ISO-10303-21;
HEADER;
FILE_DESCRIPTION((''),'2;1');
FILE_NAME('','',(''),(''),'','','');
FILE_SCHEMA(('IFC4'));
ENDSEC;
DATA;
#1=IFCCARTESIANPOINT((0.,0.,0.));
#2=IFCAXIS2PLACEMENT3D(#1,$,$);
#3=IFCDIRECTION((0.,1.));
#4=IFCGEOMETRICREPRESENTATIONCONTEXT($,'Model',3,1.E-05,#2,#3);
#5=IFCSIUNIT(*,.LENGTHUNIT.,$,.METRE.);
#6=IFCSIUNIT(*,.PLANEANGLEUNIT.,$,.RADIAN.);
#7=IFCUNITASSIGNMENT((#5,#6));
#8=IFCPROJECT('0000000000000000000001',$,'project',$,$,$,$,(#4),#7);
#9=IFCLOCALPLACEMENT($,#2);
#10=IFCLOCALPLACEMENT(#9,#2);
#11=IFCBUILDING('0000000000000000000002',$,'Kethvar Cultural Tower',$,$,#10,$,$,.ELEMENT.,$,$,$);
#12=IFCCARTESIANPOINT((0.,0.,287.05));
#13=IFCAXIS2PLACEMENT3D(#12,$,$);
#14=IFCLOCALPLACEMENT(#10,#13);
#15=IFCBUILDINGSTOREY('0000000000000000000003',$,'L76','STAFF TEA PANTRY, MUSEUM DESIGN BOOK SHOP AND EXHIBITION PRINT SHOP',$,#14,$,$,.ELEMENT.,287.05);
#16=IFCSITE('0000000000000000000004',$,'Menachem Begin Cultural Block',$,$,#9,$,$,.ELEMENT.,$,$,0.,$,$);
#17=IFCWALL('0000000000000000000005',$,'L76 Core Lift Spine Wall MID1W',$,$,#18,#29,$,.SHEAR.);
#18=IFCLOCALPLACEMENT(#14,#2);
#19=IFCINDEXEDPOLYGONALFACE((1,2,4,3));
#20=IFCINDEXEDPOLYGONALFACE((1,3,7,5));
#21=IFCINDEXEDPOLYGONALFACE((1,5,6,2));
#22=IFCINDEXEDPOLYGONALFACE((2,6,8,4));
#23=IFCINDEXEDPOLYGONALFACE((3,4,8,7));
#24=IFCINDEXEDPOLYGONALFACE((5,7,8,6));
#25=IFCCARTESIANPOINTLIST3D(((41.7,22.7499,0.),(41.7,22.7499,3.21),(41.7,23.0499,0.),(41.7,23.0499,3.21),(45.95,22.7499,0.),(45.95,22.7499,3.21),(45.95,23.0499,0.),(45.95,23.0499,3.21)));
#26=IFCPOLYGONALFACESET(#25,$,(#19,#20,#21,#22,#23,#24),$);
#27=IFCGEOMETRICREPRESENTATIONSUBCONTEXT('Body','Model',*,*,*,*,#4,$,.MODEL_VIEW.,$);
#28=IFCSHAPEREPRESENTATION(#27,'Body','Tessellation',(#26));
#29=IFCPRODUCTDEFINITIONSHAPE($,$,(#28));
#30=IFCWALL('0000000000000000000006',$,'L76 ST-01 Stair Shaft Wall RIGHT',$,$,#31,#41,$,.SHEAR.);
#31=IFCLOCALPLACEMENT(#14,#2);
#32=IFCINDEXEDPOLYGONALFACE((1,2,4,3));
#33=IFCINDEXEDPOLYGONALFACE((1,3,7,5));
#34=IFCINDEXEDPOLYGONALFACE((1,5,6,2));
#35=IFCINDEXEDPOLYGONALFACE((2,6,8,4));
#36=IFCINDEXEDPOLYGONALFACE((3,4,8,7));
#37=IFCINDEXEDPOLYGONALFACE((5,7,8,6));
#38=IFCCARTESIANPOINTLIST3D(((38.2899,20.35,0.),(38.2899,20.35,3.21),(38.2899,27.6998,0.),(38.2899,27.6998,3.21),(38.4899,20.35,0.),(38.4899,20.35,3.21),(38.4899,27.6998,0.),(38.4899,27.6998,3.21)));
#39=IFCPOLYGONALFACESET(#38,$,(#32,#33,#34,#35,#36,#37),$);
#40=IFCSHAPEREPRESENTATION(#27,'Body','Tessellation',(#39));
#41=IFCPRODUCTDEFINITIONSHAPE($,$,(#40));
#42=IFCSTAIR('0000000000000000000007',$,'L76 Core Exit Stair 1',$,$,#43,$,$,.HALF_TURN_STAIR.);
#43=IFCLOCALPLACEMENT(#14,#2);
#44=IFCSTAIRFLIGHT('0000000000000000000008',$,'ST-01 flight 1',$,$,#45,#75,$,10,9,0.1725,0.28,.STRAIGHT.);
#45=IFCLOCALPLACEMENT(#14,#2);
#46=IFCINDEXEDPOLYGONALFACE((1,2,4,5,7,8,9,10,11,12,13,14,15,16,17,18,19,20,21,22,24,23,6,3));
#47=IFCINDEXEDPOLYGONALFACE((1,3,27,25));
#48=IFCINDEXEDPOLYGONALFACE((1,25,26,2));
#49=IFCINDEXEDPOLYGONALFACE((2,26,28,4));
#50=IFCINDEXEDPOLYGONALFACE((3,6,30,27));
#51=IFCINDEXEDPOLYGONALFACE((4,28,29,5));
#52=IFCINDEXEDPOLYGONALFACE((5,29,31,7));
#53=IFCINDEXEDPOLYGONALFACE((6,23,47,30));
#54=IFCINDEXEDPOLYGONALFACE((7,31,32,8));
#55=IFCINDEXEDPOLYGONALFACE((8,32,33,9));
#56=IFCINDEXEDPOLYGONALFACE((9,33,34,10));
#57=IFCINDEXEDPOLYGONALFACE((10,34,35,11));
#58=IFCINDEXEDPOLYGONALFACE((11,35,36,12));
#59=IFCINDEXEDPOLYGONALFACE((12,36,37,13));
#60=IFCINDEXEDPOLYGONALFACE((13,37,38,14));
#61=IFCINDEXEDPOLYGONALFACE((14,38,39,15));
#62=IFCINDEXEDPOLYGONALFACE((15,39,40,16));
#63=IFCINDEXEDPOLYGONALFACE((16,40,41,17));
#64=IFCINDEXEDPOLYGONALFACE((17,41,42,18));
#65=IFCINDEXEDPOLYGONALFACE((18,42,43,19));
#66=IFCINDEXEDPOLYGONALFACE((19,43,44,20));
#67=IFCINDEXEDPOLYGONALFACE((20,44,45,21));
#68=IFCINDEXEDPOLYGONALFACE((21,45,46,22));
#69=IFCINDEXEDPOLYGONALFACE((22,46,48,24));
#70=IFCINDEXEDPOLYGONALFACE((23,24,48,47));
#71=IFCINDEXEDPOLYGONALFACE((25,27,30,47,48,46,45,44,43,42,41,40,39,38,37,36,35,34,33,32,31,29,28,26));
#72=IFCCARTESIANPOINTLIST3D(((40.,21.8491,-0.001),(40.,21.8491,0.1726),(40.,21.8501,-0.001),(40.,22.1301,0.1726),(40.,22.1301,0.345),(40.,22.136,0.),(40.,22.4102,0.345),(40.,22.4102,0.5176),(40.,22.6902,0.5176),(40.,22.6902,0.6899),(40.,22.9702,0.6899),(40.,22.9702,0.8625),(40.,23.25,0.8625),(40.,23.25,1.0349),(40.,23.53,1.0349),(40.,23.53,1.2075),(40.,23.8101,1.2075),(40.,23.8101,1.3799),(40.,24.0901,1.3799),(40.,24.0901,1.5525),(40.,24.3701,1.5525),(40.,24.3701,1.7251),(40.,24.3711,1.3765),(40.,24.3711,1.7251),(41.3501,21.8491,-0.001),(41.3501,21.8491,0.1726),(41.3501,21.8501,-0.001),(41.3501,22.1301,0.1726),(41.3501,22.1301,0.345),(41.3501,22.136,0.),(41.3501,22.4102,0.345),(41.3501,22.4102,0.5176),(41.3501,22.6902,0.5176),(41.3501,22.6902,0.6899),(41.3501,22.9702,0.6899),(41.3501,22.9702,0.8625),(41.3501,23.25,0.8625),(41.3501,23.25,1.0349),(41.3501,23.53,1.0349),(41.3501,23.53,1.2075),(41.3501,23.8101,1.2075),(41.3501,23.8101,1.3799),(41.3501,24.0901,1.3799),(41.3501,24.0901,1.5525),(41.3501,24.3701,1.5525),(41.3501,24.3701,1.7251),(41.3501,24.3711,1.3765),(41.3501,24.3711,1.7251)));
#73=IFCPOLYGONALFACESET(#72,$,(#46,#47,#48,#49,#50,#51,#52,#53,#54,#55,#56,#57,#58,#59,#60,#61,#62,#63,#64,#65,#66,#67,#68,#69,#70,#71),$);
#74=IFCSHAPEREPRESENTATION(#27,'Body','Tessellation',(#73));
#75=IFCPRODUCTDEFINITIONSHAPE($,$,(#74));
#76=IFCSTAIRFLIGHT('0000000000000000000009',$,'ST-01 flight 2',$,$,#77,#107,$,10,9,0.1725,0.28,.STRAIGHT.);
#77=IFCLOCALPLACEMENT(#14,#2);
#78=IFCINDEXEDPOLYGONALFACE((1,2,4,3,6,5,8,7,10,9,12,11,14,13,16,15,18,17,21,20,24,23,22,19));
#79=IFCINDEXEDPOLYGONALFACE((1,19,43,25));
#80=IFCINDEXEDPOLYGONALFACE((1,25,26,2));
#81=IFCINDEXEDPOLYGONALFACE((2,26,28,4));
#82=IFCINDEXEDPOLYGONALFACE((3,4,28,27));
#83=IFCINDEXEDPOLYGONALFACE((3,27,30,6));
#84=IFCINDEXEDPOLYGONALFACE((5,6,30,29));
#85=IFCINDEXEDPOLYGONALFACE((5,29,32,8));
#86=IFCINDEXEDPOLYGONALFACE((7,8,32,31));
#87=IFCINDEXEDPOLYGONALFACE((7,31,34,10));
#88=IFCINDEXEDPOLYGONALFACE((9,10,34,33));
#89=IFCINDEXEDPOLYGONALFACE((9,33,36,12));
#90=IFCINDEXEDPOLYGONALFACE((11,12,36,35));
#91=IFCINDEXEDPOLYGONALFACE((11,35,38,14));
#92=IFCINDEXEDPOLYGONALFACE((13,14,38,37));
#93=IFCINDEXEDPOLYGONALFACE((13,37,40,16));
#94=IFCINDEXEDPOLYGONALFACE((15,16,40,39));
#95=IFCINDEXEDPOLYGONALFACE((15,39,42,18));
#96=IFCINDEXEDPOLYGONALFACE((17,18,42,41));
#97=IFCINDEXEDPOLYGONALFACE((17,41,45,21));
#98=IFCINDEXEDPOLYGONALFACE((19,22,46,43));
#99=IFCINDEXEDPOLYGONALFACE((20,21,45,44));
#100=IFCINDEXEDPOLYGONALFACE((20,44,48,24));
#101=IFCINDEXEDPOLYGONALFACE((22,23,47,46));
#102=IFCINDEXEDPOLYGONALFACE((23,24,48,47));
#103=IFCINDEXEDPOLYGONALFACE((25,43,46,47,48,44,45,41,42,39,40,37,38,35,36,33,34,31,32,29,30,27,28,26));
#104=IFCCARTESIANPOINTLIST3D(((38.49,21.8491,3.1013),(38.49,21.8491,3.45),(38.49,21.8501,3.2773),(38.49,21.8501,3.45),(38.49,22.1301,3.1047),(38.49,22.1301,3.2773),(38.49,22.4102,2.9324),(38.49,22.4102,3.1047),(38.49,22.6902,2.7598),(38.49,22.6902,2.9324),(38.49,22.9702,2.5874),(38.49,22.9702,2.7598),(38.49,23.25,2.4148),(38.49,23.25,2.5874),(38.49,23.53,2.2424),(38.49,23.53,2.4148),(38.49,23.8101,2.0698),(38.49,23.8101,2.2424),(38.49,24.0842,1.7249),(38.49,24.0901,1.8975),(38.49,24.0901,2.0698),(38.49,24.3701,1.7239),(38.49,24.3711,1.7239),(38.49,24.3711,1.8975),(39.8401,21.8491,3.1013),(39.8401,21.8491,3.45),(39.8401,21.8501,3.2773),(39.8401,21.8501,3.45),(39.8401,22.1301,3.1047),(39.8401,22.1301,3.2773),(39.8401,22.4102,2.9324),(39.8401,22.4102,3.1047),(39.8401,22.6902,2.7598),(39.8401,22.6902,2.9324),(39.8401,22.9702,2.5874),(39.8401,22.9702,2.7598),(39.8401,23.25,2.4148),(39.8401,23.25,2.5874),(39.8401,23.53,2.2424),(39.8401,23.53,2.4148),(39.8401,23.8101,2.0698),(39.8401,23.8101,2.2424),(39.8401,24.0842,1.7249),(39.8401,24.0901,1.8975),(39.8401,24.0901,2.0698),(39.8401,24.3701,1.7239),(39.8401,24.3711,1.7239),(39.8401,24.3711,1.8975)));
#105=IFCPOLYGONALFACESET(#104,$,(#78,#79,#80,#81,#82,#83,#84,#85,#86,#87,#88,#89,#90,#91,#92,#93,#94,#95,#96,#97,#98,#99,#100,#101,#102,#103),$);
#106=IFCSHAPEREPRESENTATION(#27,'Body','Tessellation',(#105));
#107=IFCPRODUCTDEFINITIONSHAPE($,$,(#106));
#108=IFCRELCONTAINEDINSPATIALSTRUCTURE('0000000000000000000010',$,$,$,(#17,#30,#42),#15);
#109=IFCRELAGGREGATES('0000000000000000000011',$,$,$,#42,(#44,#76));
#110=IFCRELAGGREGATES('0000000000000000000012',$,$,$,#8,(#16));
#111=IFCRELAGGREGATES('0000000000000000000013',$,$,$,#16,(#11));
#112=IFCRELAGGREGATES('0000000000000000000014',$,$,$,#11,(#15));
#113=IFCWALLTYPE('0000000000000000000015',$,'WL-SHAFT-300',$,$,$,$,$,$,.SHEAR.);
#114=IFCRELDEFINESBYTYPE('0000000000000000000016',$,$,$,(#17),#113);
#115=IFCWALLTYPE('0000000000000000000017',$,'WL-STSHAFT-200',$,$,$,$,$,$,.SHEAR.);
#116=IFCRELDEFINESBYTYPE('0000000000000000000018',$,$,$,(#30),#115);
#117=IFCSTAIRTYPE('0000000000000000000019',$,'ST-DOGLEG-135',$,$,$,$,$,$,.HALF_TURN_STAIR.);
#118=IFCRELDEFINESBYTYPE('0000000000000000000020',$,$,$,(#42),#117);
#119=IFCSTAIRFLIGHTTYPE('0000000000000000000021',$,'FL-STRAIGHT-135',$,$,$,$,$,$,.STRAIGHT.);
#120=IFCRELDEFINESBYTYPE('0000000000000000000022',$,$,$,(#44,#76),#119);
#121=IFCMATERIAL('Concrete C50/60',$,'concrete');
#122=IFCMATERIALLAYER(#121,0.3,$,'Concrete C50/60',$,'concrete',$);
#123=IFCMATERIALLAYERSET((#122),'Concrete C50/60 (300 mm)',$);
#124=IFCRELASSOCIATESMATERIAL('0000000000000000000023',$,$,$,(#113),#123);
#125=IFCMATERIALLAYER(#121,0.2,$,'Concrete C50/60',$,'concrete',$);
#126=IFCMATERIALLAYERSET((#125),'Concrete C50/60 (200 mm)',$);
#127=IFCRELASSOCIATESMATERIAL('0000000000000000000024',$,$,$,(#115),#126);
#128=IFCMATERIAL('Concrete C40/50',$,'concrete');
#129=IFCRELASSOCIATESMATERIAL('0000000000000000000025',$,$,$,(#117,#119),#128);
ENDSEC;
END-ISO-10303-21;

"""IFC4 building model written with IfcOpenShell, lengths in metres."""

from ifc_helpers import new_model, si_unit, direction, frame, frame_2d, origin, place, context, subcontext, project, spatial, polyline, rectangle, outline, extrude, material, layer, layer_set, type_object, element, aggregate, save


model = new_model("IFC4")

# Units and contexts
model_context = context("Model", 3, precision=1e-05, world=origin(), true_north=direction((0.0, 1.0)))
body_context = subcontext(model_context, "Body", "Model", "MODEL_VIEW")
ifc_project = project(units=[si_unit("LENGTHUNIT", "METRE"), si_unit("PLANEANGLEUNIT", "RADIAN")], contexts=[model_context])

# Site, building, storey
site_placement = place(None, origin())
site = spatial("IfcSite", under=ifc_project, at=site_placement, Name="Menachem Begin Cultural Block", CompositionType="ELEMENT", RefElevation=0.0)
building_placement = place(site_placement, origin())
building = spatial("IfcBuilding", under=site, at=building_placement, Name="Kethvar Cultural Tower", CompositionType="ELEMENT")
storey_placement = place(building_placement, frame((0.0, 0.0, 287.05)))
storey = spatial("IfcBuildingStorey", under=building, at=storey_placement, Name="L76", Description="STAFF TEA PANTRY, MUSEUM DESIGN BOOK SHOP AND EXHIBITION PRINT SHOP", CompositionType="ELEMENT", Elevation=287.05)

# Shared definitions
ifc_material_1 = material(Name="Concrete C50/60", Category="concrete")

# Wall
ifc_layer_1 = layer(ifc_material_1, 0.3, Name="Concrete C50/60", Category="concrete")
ifc_layer_set_1 = layer_set([ifc_layer_1], Name="Concrete C50/60 (300 mm)")
wall_type_1 = type_object("IfcWallType", Name="WL-SHAFT-300", PredefinedType="SHEAR", material=ifc_layer_set_1)
wall_1_placement = place(storey_placement, frame((41.7, 22.8999, 0.0), z_axis=(0.0, 0.0, 1.0), x_axis=(1.0, 0.0, 0.0)))
element("IfcWall", 1, at=wall_1_placement, inside=storey, type_object=wall_type_1, Name="L76 Core Lift Spine Wall MID1W", PredefinedType="SHEAR", context=body_context, shape_type="SweptSolid", body=[
    extrude(rectangle(XDim=4.25, YDim=0.3, at=frame_2d((2.125, 0.0))), origin(), (0.0, 0.0, 1.0), 3.21),
])

# Wall
ifc_layer_2 = layer(ifc_material_1, 0.2, Name="Concrete C50/60", Category="concrete")
ifc_layer_set_2 = layer_set([ifc_layer_2], Name="Concrete C50/60 (200 mm)")
wall_type_2 = type_object("IfcWallType", Name="WL-STSHAFT-200", PredefinedType="SHEAR", material=ifc_layer_set_2)
wall_2_placement = place(storey_placement, frame((38.3899, 20.3501, 0.0), z_axis=(0.0, 0.0, 1.0), x_axis=(0.0, 1.0, 0.0)))
element("IfcWall", 2, at=wall_2_placement, inside=storey, type_object=wall_type_2, Name="L76 ST-01 Stair Shaft Wall RIGHT", PredefinedType="SHEAR", context=body_context, shape_type="SweptSolid", body=[
    extrude(rectangle(XDim=7.3499, YDim=0.2, at=frame_2d((3.6748, 0.0))), origin(), (0.0, 0.0, 1.0), 3.21),
])

# Stair, stair flights
ifc_material_2 = material(Name="Concrete C40/50", Category="concrete")
stair_type = type_object("IfcStairType", Name="ST-DOGLEG-135", PredefinedType="HALF_TURN_STAIR", material=ifc_material_2)
stair_placement = place(storey_placement, origin())
stair = element("IfcStair", 3, at=stair_placement, inside=storey, type_object=stair_type, Name="L76 Core Exit Stair 1", PredefinedType="HALF_TURN_STAIR")
stair_flight_type = type_object("IfcStairFlightType", Name="FL-STRAIGHT-135", PredefinedType="STRAIGHT", material=ifc_material_2)
stair_flight_1_placement = place(storey_placement, frame((40.675, 21.8501, 0.0), z_axis=(0.0, 0.0, 1.0), x_axis=(0.0, 1.0, 0.0)))
stair_flight_1 = element("IfcStairFlight", 4, at=stair_flight_1_placement, type_object=stair_flight_type, Name="ST-01 flight 1", NumberOfRisers=10, NumberOfTreads=9, PredefinedType="STRAIGHT", RiserHeight=0.1725, TreadLength=0.28, context=body_context, shape_type="SweptSolid", body=[
    extrude(outline(polyline([(-0.001, -0.001), (-0.001, 0.1726), (0.28, 0.1726), (0.28, 0.345), (0.5601, 0.345), (0.5601, 0.5176), (0.8401, 0.5176), (0.8401, 0.6899), (1.1201, 0.6899), (1.1201, 0.8625), (1.3999, 0.8625), (1.3999, 1.0349), (1.6799, 1.0349), (1.6799, 1.2075), (1.96, 1.2075), (1.96, 1.3799), (2.24, 1.3799), (2.24, 1.5525), (2.52, 1.5525), (2.52, 1.7251), (2.521, 1.7251), (2.521, 1.3765), (0.2859, 0.0), (0.0, -0.001), (-0.001, -0.001)])), frame((0.0, 0.675, 0.0), z_axis=(0.0, -1.0, 0.0), x_axis=(1.0, 0.0, 0.0)), (0.0, 0.0, 1.0), 1.3501),
])
stair_flight_2_placement = place(storey_placement, frame((39.165, 24.3701, 1.7249), z_axis=(0.0, 0.0, 1.0), x_axis=(0.0, -1.0, 0.0)))
stair_flight_2 = element("IfcStairFlight", 5, at=stair_flight_2_placement, type_object=stair_flight_type, Name="ST-01 flight 2", NumberOfRisers=10, NumberOfTreads=9, PredefinedType="STRAIGHT", RiserHeight=0.1725, TreadLength=0.28, context=body_context, shape_type="SweptSolid", body=[
    extrude(outline(polyline([(-0.001, -0.001), (-0.001, 0.1726), (0.28, 0.1726), (0.28, 0.345), (0.5601, 0.345), (0.5601, 0.5176), (0.8401, 0.5176), (0.8401, 0.6899), (1.1201, 0.6899), (1.1201, 0.8625), (1.3999, 0.8625), (1.3999, 1.0349), (1.6799, 1.0349), (1.6799, 1.2075), (1.96, 1.2075), (1.96, 1.3799), (2.24, 1.3799), (2.24, 1.5525), (2.52, 1.5525), (2.52, 1.7251), (2.521, 1.7251), (2.521, 1.3765), (0.2859, 0.0), (0.0, -0.001), (-0.001, -0.001)])), frame((0.0, 0.675, 0.0), z_axis=(0.0, -1.0, 0.0), x_axis=(1.0, 0.0, 0.0)), (0.0, 0.0, 1.0), 1.3501),
])
aggregate(stair, [stair_flight_1, stair_flight_2])

save(model, "model.ifc")
